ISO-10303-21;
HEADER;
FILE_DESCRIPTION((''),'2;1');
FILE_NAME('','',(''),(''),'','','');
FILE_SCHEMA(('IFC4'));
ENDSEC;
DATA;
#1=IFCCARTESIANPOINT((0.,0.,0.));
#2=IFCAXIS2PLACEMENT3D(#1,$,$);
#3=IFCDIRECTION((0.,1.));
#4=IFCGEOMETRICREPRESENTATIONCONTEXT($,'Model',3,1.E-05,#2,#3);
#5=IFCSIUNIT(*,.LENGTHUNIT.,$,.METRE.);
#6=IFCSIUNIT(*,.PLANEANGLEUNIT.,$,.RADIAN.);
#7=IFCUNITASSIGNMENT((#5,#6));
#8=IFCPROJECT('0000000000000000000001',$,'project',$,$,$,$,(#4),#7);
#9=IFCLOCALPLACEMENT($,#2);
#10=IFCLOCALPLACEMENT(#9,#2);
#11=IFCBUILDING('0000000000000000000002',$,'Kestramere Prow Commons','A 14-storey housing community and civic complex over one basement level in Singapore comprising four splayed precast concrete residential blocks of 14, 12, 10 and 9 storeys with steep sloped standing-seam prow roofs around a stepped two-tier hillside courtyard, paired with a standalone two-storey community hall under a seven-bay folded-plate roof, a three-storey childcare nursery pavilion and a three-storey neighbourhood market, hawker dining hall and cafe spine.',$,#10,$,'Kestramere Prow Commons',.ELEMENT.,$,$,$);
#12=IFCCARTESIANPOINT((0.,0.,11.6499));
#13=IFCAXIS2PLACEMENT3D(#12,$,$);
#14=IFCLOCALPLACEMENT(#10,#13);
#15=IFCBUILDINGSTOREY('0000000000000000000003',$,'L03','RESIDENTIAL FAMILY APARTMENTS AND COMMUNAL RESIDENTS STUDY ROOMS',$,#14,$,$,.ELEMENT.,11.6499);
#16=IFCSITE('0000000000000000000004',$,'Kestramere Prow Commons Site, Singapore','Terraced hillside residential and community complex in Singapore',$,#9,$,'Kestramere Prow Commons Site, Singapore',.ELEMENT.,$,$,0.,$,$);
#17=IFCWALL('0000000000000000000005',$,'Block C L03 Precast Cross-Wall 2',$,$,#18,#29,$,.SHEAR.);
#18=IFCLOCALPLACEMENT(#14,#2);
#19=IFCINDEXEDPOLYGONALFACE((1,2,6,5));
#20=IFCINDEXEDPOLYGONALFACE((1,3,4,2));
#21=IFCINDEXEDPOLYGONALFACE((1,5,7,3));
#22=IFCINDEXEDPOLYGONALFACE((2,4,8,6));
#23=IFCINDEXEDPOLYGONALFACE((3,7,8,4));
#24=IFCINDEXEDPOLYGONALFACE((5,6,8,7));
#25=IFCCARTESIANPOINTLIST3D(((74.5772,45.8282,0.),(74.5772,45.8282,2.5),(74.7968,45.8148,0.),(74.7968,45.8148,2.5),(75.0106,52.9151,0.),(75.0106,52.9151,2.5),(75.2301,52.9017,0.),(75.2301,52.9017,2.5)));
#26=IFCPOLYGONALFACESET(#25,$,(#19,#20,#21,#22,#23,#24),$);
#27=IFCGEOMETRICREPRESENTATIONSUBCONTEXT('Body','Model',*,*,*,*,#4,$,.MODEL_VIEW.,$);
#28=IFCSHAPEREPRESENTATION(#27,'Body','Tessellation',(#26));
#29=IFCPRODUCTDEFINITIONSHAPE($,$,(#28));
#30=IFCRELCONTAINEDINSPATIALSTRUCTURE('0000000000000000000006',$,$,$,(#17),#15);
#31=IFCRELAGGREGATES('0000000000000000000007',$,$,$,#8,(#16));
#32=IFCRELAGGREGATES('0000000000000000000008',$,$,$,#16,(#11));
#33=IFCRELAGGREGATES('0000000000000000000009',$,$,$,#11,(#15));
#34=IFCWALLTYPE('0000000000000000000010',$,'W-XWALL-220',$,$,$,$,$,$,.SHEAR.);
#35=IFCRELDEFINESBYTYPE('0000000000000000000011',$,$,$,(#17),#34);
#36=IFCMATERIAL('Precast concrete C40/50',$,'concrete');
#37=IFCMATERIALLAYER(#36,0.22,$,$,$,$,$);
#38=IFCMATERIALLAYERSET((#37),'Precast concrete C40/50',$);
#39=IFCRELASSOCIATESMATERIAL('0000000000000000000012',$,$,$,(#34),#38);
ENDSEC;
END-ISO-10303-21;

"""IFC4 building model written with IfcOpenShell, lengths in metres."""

from ifc_helpers import new_model, si_unit, direction, frame, frame_2d, origin, place, context, subcontext, project, spatial, rectangle, extrude, material, layer, layer_set, type_object, element, save


model = new_model("IFC4")

# Units and contexts
model_context = context("Model", 3, precision=1e-05, world=origin(), true_north=direction((0.0, 1.0)))
body_context = subcontext(model_context, "Body", "Model", "MODEL_VIEW")
ifc_project = project(units=[si_unit("LENGTHUNIT", "METRE"), si_unit("PLANEANGLEUNIT", "RADIAN")], contexts=[model_context])

# Site, building, storey
site_placement = place(None, origin())
site = spatial("IfcSite", under=ifc_project, at=site_placement, Name="Kestramere Prow Commons Site, Singapore", Description="Terraced hillside residential and community complex in Singapore", LongName="Kestramere Prow Commons Site, Singapore", CompositionType="ELEMENT", RefElevation=0.0)
building_placement = place(site_placement, origin())
building = spatial("IfcBuilding", under=site, at=building_placement, Name="Kestramere Prow Commons", Description="A 14-storey housing community and civic complex over one basement level in Singapore comprising four splayed precast concrete residential blocks of 14, 12, 10 and 9 storeys with steep sloped standing-seam prow roofs around a stepped two-tier hillside courtyard, paired with a standalone two-storey community hall under a seven-bay folded-plate roof, a three-storey childcare nursery pavilion and a three-storey neighbourhood market, hawker dining hall and cafe spine.", LongName="Kestramere Prow Commons", CompositionType="ELEMENT")
storey_placement = place(building_placement, frame((0.0, 0.0, 11.6499)))
storey = spatial("IfcBuildingStorey", under=building, at=storey_placement, Name="L03", Description="RESIDENTIAL FAMILY APARTMENTS AND COMMUNAL RESIDENTS STUDY ROOMS", CompositionType="ELEMENT", Elevation=11.6499)

# Shared definitions
ifc_material_1 = material(Name="Precast concrete C40/50", Category="concrete")

# Wall
ifc_layer_1 = layer(ifc_material_1, 0.22)
ifc_layer_set_1 = layer_set([ifc_layer_1], Name="Precast concrete C40/50")
wall_type_1 = type_object("IfcWallType", Name="W-XWALL-220", PredefinedType="SHEAR", material=ifc_layer_set_1)
wall_1_placement = place(storey_placement, frame((74.687, 45.8215, 0.0), z_axis=(0.0, 0.0, 1.0), x_axis=(0.061034, 0.998136, 0.0)))
element("IfcWall", 1, at=wall_1_placement, inside=storey, type_object=wall_type_1, Name="Block C L03 Precast Cross-Wall 2", PredefinedType="SHEAR", context=body_context, shape_type="SweptSolid", body=[
    extrude(rectangle(XDim=7.1001, YDim=0.22, at=frame_2d((3.55, 0.0))), origin(), (0.0, 0.0, 1.0), 2.5),
])

save(model, "model.ifc")
